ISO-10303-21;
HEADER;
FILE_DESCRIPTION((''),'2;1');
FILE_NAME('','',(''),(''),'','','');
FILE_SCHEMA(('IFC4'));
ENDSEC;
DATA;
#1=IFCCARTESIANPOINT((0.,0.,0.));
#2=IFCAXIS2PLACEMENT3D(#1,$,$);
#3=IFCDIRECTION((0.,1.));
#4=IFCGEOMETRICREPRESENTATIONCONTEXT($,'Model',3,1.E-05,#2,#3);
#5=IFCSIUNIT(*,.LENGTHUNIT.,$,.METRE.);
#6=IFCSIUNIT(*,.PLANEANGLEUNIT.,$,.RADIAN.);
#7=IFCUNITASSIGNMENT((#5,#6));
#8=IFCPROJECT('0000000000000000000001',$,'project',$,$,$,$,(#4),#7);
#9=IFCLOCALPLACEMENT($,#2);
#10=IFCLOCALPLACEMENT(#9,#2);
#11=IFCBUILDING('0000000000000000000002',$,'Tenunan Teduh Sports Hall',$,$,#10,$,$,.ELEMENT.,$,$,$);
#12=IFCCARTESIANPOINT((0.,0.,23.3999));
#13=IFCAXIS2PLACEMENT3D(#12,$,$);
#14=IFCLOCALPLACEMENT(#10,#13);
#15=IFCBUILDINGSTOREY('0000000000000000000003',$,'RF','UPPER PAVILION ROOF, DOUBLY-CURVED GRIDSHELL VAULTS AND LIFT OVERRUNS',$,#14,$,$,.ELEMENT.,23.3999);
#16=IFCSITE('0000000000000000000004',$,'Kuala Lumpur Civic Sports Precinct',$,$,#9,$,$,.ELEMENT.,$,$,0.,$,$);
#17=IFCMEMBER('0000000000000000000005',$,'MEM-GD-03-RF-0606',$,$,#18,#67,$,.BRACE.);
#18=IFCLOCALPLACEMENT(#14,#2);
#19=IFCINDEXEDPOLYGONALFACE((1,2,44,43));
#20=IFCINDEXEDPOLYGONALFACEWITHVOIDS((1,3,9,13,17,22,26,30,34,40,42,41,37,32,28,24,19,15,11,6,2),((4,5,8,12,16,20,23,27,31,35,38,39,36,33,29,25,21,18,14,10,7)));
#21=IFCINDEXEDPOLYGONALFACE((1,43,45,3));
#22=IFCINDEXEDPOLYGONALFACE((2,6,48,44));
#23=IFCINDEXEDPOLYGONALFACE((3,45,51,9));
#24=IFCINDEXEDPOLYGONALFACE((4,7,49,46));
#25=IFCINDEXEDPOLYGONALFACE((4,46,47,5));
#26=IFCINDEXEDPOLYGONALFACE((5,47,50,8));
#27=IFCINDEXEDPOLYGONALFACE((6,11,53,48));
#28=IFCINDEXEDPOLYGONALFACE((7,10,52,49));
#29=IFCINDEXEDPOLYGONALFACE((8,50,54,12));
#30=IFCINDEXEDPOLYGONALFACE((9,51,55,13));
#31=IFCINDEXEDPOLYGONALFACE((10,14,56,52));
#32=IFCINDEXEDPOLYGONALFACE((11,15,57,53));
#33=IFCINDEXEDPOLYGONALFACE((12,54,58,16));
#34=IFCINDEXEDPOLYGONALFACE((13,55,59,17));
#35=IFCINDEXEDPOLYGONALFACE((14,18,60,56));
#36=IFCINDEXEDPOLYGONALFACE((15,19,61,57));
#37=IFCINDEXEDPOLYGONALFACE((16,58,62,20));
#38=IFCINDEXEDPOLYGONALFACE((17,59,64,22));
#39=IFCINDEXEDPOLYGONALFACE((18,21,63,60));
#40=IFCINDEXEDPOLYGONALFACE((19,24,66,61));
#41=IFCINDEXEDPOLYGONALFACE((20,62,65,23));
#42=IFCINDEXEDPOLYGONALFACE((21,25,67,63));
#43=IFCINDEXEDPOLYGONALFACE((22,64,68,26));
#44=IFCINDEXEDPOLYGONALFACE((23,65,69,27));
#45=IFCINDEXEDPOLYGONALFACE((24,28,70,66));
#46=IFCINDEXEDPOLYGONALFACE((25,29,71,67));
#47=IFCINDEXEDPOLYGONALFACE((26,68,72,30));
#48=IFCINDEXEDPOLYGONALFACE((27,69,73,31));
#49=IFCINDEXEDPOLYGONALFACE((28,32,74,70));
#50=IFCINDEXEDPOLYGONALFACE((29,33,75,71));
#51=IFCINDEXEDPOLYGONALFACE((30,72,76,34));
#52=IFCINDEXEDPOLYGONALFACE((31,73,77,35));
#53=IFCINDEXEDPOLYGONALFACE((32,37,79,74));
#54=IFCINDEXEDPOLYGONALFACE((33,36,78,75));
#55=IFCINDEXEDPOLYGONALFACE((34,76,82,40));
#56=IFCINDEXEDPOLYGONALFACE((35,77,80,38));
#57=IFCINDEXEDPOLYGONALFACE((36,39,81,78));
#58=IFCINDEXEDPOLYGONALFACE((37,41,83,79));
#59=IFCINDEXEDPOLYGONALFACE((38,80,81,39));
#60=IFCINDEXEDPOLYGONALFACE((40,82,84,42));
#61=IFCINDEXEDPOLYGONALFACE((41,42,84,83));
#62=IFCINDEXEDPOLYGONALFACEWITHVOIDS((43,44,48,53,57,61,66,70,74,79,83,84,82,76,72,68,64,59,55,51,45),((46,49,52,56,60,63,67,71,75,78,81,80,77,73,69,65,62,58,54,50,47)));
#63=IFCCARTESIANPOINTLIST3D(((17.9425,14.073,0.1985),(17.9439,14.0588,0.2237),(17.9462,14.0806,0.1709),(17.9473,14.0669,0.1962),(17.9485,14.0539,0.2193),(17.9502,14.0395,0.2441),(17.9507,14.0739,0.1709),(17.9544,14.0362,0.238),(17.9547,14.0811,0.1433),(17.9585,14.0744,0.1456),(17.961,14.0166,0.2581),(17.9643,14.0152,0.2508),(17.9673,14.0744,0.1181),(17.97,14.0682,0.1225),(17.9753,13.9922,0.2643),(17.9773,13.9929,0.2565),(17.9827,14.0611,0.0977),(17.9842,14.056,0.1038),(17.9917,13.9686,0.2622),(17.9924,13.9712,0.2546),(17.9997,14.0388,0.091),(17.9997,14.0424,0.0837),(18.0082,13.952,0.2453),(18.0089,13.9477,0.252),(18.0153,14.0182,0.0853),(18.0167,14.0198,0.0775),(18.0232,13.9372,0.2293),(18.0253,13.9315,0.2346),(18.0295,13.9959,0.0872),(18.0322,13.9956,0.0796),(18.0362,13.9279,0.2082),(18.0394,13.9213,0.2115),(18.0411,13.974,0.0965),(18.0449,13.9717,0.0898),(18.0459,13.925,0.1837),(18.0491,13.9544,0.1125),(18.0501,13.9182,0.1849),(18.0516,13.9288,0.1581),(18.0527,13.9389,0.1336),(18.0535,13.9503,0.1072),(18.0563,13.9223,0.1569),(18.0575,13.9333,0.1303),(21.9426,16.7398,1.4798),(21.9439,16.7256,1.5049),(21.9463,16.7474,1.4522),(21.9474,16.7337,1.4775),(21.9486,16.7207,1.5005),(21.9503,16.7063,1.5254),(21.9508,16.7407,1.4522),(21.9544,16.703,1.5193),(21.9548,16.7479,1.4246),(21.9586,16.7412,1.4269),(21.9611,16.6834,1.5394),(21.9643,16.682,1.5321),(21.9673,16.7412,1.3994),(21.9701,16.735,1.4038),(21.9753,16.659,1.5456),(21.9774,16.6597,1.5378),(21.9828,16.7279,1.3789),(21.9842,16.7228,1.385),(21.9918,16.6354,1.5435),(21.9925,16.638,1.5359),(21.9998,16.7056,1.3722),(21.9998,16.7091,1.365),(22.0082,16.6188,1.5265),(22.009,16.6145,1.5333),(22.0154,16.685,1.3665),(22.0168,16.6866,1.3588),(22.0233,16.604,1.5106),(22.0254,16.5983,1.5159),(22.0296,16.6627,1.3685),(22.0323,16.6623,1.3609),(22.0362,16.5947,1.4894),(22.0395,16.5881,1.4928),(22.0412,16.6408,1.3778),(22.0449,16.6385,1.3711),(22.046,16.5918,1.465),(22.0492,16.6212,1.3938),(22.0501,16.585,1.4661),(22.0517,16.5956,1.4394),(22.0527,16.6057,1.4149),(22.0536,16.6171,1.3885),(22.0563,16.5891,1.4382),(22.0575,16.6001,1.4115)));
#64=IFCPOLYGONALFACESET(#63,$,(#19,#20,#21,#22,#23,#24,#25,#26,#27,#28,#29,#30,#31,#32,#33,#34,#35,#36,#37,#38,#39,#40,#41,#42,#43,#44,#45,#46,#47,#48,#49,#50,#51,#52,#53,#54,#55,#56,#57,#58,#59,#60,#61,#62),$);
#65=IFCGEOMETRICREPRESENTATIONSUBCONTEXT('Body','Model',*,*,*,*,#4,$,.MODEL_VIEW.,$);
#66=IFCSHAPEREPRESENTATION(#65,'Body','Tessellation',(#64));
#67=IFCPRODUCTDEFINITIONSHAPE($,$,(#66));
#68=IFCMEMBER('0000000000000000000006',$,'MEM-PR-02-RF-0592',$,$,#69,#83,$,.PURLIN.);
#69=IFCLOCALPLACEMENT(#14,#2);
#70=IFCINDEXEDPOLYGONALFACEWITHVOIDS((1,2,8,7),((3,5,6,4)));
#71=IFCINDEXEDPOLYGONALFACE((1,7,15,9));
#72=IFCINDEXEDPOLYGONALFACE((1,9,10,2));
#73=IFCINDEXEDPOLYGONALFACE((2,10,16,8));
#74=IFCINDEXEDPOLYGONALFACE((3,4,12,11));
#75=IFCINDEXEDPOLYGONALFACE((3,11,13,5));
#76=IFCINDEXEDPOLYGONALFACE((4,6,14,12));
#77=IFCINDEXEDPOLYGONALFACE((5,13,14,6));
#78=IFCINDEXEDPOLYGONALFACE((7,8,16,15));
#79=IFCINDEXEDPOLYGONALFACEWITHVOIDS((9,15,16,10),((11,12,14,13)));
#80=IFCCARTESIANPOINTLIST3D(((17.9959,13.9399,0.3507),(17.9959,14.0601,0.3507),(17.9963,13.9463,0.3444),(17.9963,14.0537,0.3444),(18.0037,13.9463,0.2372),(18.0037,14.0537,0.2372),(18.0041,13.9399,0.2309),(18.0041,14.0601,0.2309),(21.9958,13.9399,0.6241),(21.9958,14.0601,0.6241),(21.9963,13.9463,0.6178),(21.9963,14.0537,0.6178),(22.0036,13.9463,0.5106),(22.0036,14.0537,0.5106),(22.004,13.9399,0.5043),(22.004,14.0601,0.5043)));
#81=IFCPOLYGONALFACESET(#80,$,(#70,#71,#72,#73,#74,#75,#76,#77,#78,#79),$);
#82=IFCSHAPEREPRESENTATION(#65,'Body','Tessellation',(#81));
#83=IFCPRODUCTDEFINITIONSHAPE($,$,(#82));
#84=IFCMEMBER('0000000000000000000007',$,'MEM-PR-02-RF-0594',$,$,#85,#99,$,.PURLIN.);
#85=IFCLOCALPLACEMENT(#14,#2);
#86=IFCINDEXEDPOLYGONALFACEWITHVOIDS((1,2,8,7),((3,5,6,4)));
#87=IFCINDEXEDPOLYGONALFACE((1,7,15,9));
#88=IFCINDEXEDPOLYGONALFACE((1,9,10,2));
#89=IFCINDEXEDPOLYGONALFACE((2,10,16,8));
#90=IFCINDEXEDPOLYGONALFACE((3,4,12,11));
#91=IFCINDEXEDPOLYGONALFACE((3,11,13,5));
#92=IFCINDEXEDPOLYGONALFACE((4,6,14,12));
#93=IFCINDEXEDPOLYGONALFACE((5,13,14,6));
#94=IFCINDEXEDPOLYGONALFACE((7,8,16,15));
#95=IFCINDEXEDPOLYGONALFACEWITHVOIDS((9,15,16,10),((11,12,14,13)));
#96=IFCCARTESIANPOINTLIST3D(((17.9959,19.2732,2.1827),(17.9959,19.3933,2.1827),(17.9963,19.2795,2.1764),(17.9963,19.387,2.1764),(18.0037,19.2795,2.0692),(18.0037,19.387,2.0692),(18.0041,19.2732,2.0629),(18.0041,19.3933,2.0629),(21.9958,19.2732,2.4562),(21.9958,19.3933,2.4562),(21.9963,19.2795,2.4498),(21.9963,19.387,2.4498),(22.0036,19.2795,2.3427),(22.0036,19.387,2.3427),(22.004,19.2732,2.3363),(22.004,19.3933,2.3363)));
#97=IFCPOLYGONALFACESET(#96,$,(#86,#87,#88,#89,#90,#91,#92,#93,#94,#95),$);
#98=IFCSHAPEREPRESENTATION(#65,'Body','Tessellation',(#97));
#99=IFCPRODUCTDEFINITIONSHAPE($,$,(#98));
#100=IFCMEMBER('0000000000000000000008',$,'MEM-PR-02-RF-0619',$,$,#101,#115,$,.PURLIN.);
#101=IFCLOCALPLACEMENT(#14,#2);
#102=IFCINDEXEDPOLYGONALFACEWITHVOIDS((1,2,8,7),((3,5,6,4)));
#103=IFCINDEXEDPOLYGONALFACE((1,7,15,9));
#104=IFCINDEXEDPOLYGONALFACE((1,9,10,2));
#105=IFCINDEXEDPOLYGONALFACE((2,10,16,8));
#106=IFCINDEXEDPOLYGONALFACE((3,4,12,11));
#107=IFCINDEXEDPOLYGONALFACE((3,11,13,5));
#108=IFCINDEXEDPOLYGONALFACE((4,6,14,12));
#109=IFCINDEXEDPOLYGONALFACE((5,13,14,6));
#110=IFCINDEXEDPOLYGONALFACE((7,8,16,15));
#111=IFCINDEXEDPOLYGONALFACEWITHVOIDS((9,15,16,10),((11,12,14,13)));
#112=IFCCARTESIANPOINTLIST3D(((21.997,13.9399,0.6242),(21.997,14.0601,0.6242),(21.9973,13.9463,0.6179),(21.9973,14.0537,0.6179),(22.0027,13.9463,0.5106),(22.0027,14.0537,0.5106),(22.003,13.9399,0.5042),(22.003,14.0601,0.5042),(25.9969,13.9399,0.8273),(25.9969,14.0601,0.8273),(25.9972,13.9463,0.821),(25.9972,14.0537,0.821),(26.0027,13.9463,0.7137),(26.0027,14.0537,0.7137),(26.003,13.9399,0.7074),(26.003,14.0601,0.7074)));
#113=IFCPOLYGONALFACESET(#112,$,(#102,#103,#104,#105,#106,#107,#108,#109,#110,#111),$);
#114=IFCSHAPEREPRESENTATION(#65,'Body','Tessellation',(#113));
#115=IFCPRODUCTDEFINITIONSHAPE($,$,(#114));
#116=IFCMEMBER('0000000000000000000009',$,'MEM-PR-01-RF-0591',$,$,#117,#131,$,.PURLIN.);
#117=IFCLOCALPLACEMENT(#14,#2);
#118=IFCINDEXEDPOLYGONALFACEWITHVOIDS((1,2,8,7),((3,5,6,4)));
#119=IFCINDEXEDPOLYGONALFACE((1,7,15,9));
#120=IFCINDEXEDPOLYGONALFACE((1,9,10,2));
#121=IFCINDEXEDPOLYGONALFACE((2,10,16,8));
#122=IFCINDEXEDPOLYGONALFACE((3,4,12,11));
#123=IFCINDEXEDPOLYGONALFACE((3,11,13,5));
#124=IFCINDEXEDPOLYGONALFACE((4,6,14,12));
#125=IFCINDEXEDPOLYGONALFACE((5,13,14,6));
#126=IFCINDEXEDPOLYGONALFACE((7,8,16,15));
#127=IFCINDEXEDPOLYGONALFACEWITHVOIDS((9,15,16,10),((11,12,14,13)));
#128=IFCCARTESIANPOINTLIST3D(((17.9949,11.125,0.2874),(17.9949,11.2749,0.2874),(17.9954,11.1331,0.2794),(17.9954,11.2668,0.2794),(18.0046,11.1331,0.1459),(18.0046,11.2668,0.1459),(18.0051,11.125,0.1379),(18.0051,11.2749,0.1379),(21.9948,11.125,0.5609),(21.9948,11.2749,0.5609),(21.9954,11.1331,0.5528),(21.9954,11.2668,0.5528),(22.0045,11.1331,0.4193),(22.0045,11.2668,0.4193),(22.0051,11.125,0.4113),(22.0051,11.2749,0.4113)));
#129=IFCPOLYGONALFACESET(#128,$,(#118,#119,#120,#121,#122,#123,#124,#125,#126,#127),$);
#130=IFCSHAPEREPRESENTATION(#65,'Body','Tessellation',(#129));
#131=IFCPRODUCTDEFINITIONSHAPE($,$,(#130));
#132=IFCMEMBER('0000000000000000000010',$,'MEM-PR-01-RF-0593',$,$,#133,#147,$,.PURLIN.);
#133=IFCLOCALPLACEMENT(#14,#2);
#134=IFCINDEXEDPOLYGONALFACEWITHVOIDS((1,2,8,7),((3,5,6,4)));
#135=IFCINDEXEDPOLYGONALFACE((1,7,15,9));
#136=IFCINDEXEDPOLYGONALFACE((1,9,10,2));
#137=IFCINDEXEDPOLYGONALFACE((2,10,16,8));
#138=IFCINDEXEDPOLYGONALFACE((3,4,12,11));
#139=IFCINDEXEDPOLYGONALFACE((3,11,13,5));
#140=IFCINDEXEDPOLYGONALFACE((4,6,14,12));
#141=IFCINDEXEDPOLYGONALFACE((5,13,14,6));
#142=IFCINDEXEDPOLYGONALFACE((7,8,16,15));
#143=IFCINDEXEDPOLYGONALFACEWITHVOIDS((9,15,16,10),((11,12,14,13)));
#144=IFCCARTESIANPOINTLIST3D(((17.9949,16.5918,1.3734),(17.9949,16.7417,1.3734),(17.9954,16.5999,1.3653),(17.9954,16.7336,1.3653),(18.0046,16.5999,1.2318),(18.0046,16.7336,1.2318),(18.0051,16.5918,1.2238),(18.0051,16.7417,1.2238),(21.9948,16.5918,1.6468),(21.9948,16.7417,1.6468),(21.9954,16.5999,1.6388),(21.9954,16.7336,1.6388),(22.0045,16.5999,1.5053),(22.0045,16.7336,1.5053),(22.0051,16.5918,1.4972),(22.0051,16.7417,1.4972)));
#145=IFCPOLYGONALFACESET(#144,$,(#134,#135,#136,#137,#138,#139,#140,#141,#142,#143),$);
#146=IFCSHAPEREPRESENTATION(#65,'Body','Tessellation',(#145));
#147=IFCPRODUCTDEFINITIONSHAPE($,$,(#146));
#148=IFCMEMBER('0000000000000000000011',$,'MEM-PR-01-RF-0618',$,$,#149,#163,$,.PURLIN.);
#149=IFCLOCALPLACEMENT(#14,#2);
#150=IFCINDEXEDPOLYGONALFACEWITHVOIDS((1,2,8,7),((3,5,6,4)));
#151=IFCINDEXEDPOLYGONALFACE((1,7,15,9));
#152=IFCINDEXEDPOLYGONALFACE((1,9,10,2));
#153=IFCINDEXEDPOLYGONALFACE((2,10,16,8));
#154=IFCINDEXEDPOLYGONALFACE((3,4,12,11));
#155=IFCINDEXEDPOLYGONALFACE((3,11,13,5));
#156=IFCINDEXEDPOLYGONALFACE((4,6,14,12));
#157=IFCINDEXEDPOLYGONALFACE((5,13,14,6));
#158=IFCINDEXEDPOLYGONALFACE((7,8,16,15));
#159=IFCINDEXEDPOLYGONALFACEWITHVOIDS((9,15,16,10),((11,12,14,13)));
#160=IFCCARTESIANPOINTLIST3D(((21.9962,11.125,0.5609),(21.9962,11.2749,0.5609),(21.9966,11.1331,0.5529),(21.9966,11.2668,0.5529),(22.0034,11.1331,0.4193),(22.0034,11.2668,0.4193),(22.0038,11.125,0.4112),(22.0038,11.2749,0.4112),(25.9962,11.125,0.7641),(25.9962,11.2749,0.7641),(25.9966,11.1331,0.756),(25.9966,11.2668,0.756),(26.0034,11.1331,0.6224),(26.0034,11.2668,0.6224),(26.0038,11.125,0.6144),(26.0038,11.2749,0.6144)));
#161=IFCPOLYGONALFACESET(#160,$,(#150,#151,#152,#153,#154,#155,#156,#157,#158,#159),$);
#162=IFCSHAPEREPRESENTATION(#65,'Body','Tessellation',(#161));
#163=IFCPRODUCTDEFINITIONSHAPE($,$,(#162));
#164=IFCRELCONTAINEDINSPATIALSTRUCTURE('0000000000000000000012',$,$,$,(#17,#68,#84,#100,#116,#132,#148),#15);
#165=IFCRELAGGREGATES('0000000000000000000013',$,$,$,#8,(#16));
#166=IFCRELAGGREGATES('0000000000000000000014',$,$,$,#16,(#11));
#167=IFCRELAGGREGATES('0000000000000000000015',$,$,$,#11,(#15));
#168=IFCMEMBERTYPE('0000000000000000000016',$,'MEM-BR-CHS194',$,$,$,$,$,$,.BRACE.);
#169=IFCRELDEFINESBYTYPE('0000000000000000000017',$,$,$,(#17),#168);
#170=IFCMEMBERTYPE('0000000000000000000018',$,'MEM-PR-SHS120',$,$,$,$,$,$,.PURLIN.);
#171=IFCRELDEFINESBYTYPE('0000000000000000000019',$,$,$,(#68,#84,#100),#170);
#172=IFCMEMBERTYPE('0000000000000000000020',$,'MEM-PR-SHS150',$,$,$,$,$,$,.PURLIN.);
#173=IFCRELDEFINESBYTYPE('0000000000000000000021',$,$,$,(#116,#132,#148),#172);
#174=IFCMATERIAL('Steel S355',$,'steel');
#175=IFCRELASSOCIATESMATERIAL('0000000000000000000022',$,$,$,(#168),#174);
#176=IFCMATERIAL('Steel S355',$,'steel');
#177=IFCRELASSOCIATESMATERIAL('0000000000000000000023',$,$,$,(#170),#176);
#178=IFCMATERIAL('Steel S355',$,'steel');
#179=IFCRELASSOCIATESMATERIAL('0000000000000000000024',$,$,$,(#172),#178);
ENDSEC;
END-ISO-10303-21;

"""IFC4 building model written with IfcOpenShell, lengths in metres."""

from ifc_helpers import new_model, si_unit, direction, frame, origin, origin_2d, place, context, subcontext, project, spatial, hollow_rectangle, hollow_circle, extrude, material, material_profile, profile_set, type_object, element, save


model = new_model("IFC4")

# Units and contexts
model_context = context("Model", 3, precision=1e-05, world=origin(), true_north=direction((0.0, 1.0)))
body_context = subcontext(model_context, "Body", "Model", "MODEL_VIEW")
ifc_project = project(units=[si_unit("LENGTHUNIT", "METRE"), si_unit("PLANEANGLEUNIT", "RADIAN")], contexts=[model_context])

# Site, building, storey
site_placement = place(None, origin())
site = spatial("IfcSite", under=ifc_project, at=site_placement, Name="Kuala Lumpur Civic Sports Precinct", CompositionType="ELEMENT", RefElevation=0.0)
building_placement = place(site_placement, origin())
building = spatial("IfcBuilding", under=site, at=building_placement, Name="Tenunan Teduh Sports Hall", CompositionType="ELEMENT")
storey_placement = place(building_placement, frame((0.0, 0.0, 23.3999)))
storey = spatial("IfcBuildingStorey", under=building, at=storey_placement, Name="RF", Description="UPPER PAVILION ROOF, DOUBLY-CURVED GRIDSHELL VAULTS AND LIFT OVERRUNS", CompositionType="ELEMENT", Elevation=23.3999)

# Members
ifc_material_1 = material(Name="Steel S355", Category="steel")
ifc_material_profile_1 = material_profile(ifc_material_1, hollow_circle(Radius=0.0969, WallThickness=0.0081, at=origin_2d()), Name="CHS 193.7x8.0")
ifc_profile_set_1 = profile_set([ifc_material_profile_1], Name="Steel S355")
member_type_1 = type_object("IfcMemberType", Name="MEM-BR-CHS194", PredefinedType="BRACE", material=ifc_profile_set_1)
member_1_placement = place(storey_placement, frame((18.0, 14.0, 0.1709), z_axis=(0.803979, 0.536002, 0.257525), x_axis=(-0.554712, 0.832042, 0.0)))
element("IfcMember", 1, at=member_1_placement, inside=storey, type_object=member_type_1, Name="MEM-GD-03-RF-0606", PredefinedType="BRACE", context=body_context, shape_type="SweptSolid", body=[
    extrude(hollow_circle(Radius=0.0969, WallThickness=0.0081, at=origin_2d()), origin(), (0.0, 0.0, 1.0), 4.9753),
])
ifc_material_2 = material(Name="Steel S355", Category="steel")
ifc_material_profile_2 = material_profile(ifc_material_2, hollow_rectangle(XDim=0.1201, YDim=0.1201, WallThickness=0.0063, at=origin_2d()), Name="SHS 120x120x6.3")
ifc_profile_set_2 = profile_set([ifc_material_profile_2], Name="Steel S355")
member_type_2 = type_object("IfcMemberType", Name="MEM-PR-SHS120", PredefinedType="PURLIN", material=ifc_profile_set_2)
for number, where, z_axis, x_axis, name in (
    (2, (18.0, 14.0, 0.2908), (0.997672, 0.0, 0.0682), (0.0, 1.0, 0.0), "MEM-PR-02-RF-0592"),
    (3, (18.0, 19.3333, 2.1228), (0.997672, 0.0, 0.0682), (0.0, 1.0, 0.0), "MEM-PR-02-RF-0594"),
):
    element("IfcMember", number, at=place(storey_placement, frame(where, z_axis=z_axis, x_axis=x_axis)), inside=storey, type_object=member_type_2, Name=name, PredefinedType="PURLIN", context=body_context, shape_type="SweptSolid", body=[
        extrude(hollow_rectangle(XDim=0.1201, YDim=0.1201, WallThickness=0.0063, at=origin_2d()), origin(), (0.0, 0.0, 1.0), 4.0093),
    ])
member_2_placement = place(storey_placement, frame((22.0, 14.0, 0.5642), z_axis=(0.998713, 0.0, 0.050716), x_axis=(0.0, 1.0, 0.0)))
element("IfcMember", 4, at=member_2_placement, inside=storey, type_object=member_type_2, Name="MEM-PR-02-RF-0619", PredefinedType="PURLIN", context=body_context, shape_type="SweptSolid", body=[
    extrude(hollow_rectangle(XDim=0.1201, YDim=0.1201, WallThickness=0.0063, at=origin_2d()), origin(), (0.0, 0.0, 1.0), 4.0051),
])
ifc_material_3 = material(Name="Steel S355", Category="steel")
ifc_material_profile_3 = material_profile(ifc_material_3, hollow_rectangle(XDim=0.1499, YDim=0.1499, WallThickness=0.0081, at=origin_2d()), Name="SHS 150x150x8.0")
ifc_profile_set_3 = profile_set([ifc_material_profile_3], Name="Steel S355")
member_type_3 = type_object("IfcMemberType", Name="MEM-PR-SHS150", PredefinedType="PURLIN", material=ifc_profile_set_3)
for number, where, z_axis, x_axis, name in (
    (5, (18.0, 11.2, 0.2126), (0.997672, 0.0, 0.0682), (0.0, 1.0, 0.0), "MEM-PR-01-RF-0591"),
    (6, (18.0, 16.6667, 1.2986), (0.997672, 0.0, 0.0682), (0.0, 1.0, 0.0), "MEM-PR-01-RF-0593"),
):
    element("IfcMember", number, at=place(storey_placement, frame(where, z_axis=z_axis, x_axis=x_axis)), inside=storey, type_object=member_type_3, Name=name, PredefinedType="PURLIN", context=body_context, shape_type="SweptSolid", body=[
        extrude(hollow_rectangle(XDim=0.1499, YDim=0.1499, WallThickness=0.0081, at=origin_2d()), origin(), (0.0, 0.0, 1.0), 4.0093),
    ])
member_3_placement = place(storey_placement, frame((22.0, 11.2, 0.4861), z_axis=(0.998713, 0.0, 0.050716), x_axis=(0.0, 1.0, 0.0)))
element("IfcMember", 7, at=member_3_placement, inside=storey, type_object=member_type_3, Name="MEM-PR-01-RF-0618", PredefinedType="PURLIN", context=body_context, shape_type="SweptSolid", body=[
    extrude(hollow_rectangle(XDim=0.1499, YDim=0.1499, WallThickness=0.0081, at=origin_2d()), origin(), (0.0, 0.0, 1.0), 4.0051),
])

save(model, "model.ifc")
